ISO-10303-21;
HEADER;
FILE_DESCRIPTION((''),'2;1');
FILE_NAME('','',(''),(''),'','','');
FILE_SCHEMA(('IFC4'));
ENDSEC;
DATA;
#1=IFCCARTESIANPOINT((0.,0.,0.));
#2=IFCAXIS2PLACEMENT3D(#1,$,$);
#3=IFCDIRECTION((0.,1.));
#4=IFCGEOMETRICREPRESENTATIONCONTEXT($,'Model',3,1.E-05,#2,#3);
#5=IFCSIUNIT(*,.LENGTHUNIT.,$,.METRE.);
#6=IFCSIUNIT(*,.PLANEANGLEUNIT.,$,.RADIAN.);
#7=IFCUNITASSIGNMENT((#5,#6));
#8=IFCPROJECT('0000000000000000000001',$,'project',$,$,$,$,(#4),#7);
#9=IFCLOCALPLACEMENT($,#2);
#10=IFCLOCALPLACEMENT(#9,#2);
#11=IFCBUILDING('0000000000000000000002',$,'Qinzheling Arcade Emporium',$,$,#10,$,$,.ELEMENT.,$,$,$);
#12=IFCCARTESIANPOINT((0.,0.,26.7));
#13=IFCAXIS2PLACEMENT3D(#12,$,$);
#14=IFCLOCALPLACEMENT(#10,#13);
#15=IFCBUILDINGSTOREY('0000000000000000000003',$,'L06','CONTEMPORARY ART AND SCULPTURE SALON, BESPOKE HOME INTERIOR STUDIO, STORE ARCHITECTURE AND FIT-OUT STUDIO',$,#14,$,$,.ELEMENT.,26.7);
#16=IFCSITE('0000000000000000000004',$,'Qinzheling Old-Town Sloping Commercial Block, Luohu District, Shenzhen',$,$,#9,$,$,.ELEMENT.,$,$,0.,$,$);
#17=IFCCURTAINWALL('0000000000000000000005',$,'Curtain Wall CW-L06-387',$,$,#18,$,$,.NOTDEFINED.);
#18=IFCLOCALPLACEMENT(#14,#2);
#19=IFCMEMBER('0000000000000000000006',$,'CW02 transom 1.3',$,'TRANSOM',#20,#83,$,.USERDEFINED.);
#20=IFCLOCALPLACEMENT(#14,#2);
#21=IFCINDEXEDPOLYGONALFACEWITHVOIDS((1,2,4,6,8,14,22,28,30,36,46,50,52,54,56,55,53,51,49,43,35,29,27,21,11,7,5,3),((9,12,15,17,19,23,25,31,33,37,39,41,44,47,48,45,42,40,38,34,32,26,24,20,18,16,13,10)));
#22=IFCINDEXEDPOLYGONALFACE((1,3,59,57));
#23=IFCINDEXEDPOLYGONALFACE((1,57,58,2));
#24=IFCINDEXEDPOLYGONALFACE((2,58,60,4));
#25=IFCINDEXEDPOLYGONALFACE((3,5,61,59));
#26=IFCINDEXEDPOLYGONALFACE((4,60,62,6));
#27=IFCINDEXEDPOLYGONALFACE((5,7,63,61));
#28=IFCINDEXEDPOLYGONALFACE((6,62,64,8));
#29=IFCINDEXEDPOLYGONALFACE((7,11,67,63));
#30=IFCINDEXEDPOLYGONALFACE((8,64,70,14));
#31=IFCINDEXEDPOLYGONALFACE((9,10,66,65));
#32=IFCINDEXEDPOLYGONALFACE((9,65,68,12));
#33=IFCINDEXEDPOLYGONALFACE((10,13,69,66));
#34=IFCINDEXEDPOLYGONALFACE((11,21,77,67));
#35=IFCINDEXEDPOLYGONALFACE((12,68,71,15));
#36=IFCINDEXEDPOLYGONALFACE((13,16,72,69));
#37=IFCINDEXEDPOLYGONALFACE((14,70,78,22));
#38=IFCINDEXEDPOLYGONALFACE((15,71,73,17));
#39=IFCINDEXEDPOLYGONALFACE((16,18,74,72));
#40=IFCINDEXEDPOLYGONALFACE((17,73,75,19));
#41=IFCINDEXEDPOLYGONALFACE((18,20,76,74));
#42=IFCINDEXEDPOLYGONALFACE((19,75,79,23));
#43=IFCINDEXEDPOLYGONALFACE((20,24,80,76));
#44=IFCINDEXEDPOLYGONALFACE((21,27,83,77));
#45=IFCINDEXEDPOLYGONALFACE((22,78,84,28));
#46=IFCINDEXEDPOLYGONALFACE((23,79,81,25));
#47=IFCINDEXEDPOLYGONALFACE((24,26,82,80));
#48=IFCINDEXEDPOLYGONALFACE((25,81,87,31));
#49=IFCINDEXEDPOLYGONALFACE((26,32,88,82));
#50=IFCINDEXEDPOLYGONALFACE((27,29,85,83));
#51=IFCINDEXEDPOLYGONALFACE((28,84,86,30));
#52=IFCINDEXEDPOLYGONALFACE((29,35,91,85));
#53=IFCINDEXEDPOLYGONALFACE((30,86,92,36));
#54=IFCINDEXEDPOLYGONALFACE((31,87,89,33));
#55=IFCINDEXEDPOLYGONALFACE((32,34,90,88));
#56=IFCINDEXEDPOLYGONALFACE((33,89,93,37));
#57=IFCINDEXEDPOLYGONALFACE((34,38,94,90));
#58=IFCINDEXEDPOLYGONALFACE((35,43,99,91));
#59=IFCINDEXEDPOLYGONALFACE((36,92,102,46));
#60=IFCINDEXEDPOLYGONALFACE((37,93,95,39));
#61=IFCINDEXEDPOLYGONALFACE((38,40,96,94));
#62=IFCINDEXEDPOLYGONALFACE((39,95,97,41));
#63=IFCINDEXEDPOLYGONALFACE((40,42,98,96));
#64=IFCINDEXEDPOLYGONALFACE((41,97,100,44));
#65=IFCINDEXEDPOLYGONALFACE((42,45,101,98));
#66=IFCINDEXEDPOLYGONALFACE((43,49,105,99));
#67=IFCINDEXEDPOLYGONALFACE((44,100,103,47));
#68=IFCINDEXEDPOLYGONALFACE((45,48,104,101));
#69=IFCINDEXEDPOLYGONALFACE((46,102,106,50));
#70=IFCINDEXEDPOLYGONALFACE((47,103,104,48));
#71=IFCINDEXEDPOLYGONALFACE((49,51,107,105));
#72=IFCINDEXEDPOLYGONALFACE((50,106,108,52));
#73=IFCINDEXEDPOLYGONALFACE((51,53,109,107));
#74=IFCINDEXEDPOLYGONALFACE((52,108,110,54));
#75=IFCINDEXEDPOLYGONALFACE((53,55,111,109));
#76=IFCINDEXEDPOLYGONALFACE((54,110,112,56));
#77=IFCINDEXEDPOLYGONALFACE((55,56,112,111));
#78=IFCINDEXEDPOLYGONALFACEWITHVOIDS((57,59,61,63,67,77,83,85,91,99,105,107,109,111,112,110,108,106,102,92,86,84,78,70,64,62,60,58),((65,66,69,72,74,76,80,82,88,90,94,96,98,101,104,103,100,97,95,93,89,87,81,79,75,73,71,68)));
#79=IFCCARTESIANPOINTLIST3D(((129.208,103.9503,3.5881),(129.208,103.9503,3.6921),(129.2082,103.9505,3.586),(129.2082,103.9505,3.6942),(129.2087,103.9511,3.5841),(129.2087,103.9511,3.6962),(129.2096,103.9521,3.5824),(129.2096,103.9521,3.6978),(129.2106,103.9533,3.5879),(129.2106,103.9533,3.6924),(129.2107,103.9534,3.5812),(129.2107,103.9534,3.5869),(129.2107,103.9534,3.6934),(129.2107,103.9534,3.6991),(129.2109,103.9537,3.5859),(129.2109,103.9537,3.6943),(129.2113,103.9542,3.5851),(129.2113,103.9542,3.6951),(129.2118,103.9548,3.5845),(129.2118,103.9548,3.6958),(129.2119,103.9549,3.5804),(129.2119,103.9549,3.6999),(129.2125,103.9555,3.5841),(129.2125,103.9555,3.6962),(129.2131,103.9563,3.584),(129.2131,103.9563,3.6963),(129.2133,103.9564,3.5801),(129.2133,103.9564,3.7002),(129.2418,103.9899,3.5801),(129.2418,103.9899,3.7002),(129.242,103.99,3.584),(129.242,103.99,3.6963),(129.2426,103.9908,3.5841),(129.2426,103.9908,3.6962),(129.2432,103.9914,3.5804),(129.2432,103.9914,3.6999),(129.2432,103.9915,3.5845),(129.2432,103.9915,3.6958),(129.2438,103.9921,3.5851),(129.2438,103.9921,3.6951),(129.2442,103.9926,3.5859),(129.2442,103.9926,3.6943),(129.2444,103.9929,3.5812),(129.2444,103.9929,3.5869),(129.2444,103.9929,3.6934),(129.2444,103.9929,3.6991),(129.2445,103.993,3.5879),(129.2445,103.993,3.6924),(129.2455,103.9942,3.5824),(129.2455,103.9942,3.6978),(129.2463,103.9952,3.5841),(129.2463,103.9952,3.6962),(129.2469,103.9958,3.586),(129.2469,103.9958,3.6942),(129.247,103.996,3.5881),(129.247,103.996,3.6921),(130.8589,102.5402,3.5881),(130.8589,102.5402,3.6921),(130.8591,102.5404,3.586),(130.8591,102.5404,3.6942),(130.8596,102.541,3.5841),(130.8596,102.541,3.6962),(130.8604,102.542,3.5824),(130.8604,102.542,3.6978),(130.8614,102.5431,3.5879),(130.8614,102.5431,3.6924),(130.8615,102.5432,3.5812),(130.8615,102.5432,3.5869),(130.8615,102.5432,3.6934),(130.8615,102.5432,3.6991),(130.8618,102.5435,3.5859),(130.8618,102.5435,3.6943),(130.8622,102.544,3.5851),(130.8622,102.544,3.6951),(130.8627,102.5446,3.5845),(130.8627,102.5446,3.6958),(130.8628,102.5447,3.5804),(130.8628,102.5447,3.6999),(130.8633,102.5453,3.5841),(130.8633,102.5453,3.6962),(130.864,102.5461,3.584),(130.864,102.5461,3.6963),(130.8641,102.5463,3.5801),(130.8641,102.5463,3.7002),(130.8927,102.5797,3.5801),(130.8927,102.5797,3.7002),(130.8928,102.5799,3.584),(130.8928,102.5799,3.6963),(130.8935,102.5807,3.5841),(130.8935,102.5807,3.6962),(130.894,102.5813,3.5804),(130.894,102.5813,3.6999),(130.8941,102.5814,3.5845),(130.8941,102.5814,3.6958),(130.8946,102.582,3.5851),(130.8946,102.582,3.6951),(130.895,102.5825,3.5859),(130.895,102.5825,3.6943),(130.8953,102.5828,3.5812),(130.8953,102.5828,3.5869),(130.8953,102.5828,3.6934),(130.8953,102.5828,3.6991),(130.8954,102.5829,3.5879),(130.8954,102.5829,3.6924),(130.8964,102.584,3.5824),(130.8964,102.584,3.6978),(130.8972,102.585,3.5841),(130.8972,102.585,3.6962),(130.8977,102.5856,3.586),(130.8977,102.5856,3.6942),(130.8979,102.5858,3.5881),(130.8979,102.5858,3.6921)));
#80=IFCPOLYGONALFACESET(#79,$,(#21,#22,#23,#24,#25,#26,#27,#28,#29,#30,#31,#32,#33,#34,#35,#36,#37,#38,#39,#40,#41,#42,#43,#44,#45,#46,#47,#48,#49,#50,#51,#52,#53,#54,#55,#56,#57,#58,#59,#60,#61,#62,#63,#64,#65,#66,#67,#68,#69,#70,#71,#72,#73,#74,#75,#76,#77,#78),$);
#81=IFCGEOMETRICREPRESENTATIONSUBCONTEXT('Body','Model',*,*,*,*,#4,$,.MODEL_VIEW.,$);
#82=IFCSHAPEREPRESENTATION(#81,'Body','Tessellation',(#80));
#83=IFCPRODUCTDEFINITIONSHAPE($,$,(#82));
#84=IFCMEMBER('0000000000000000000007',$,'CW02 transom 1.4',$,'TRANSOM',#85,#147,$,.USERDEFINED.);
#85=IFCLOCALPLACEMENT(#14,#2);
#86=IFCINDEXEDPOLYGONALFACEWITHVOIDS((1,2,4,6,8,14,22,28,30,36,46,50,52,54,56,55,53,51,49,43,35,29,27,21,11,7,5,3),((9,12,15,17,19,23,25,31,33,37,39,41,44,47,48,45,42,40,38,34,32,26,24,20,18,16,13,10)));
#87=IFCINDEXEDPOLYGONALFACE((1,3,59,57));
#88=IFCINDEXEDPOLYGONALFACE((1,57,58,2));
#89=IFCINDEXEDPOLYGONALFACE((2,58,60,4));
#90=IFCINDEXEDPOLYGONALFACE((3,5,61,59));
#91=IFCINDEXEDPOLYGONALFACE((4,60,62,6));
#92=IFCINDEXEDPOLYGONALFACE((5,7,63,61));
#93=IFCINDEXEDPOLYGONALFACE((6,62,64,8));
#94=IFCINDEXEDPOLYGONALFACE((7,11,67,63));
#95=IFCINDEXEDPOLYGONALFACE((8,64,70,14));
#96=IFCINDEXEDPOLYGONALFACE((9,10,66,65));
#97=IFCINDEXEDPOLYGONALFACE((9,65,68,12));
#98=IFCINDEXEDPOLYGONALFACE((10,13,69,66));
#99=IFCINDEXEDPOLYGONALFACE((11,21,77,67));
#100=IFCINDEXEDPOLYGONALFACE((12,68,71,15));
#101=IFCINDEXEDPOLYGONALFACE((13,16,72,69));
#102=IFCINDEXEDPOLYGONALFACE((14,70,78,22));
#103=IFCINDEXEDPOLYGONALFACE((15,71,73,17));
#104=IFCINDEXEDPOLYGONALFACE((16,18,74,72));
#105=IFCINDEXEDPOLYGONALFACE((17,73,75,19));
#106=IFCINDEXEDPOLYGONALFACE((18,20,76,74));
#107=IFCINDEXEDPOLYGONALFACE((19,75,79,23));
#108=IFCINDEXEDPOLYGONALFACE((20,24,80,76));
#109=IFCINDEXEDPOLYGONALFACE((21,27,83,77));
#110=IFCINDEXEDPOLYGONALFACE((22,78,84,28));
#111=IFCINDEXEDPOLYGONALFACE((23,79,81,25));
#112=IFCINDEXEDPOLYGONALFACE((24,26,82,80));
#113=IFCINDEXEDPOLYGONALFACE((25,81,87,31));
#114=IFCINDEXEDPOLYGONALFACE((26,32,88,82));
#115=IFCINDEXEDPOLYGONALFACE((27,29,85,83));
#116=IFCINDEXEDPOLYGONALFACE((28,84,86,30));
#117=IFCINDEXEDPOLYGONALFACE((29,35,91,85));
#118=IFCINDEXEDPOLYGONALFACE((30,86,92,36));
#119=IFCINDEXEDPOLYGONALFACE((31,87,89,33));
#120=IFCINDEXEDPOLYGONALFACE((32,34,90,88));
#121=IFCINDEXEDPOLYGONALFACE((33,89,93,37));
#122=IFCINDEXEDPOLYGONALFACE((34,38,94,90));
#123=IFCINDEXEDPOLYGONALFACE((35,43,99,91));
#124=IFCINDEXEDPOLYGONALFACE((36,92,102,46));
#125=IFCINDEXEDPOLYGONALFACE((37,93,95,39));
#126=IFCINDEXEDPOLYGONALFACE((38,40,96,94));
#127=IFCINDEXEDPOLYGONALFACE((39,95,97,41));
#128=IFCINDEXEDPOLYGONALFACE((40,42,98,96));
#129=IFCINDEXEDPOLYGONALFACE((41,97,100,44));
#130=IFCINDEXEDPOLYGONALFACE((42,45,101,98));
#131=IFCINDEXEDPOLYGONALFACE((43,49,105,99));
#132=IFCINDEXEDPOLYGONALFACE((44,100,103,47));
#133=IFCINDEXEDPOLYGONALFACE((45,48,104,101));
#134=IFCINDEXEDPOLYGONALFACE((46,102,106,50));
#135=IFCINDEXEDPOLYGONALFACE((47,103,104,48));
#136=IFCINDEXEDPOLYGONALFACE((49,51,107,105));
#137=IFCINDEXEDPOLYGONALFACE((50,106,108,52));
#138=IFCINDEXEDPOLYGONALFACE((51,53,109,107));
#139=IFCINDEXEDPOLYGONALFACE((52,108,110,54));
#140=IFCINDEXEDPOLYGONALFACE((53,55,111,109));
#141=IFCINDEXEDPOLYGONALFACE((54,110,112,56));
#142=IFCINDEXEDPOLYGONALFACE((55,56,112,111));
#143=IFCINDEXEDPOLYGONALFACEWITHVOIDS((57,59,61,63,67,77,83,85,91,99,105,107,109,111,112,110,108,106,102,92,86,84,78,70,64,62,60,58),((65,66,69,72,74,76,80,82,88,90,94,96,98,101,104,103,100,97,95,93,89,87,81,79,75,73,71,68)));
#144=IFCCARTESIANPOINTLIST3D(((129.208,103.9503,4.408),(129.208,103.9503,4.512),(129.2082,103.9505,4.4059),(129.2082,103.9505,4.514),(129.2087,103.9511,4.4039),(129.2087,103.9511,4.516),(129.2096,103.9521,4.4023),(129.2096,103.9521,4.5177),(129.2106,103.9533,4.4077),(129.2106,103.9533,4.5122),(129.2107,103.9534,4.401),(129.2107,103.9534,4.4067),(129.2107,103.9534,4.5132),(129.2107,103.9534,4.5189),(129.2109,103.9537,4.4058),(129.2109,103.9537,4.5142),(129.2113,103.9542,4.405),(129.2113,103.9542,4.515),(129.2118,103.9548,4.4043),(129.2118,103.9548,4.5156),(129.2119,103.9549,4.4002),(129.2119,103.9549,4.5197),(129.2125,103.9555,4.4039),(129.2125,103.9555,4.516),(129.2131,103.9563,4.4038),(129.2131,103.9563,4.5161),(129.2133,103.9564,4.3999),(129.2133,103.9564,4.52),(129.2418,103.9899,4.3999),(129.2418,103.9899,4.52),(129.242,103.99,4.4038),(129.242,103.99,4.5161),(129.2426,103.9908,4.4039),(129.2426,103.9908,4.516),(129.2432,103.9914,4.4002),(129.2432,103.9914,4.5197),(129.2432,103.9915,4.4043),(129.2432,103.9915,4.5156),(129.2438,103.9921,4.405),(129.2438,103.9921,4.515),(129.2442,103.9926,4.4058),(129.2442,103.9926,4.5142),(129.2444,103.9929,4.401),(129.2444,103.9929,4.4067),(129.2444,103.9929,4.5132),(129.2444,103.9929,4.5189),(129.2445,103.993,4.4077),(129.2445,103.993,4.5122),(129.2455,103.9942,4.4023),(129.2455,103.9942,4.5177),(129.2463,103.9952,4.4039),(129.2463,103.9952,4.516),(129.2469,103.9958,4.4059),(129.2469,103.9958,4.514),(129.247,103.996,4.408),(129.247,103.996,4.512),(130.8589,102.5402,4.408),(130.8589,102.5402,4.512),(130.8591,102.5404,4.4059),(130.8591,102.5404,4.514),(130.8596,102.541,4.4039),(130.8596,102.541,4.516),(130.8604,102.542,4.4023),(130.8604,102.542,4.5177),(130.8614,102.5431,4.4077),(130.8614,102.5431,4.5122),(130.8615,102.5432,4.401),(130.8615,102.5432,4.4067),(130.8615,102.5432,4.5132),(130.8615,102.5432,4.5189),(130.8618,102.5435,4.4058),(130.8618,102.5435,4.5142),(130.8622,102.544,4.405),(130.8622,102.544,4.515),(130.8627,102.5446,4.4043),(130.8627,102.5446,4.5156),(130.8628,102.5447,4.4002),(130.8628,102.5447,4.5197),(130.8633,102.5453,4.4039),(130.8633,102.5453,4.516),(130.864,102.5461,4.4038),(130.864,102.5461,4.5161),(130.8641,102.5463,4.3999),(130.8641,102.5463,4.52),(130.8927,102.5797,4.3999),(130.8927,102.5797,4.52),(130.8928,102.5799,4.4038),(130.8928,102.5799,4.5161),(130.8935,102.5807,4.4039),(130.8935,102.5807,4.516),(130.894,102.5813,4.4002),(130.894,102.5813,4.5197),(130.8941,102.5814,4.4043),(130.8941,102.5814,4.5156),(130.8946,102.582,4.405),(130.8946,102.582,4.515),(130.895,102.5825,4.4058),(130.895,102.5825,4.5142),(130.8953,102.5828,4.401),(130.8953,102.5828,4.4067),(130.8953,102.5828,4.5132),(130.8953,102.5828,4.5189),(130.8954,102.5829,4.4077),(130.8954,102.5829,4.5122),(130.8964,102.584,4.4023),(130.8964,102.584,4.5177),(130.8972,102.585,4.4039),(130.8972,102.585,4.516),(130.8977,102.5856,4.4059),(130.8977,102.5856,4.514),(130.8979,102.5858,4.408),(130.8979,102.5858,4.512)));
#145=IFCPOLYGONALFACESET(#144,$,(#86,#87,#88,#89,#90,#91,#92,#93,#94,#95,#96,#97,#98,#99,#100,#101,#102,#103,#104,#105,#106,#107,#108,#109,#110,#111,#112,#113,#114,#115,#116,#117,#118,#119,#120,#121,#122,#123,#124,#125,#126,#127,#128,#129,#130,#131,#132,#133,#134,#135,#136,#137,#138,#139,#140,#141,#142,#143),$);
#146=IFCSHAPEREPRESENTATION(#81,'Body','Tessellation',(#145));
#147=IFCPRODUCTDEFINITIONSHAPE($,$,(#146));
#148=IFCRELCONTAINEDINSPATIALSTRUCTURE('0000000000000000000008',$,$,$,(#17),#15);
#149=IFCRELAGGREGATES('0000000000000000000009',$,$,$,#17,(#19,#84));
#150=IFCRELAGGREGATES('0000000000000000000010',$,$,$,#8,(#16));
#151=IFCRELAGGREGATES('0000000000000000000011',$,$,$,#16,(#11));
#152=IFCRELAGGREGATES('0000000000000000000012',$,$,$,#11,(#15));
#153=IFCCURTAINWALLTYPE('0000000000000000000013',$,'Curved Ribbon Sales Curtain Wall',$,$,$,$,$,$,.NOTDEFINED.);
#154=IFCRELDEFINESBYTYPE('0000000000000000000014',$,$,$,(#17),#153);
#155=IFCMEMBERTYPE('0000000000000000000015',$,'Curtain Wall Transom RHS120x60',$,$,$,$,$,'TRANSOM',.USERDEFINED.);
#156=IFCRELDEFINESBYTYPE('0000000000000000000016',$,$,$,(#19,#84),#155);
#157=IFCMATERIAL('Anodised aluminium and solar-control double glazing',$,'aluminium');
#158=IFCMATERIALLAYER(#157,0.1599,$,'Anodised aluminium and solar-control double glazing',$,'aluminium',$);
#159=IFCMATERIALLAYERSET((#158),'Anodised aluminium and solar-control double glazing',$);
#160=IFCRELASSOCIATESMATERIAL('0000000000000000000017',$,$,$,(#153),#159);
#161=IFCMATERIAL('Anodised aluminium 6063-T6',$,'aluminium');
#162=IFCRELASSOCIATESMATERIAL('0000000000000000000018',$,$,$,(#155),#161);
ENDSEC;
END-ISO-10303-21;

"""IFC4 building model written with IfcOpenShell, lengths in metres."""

from ifc_helpers import new_model, si_unit, direction, frame, origin, origin_2d, place, context, subcontext, project, spatial, hollow_rectangle, extrude, material, layer, layer_set, material_profile, profile_set, type_object, element, aggregate, save


model = new_model("IFC4")

# Units and contexts
model_context = context("Model", 3, precision=1e-05, world=origin(), true_north=direction((0.0, 1.0)))
body_context = subcontext(model_context, "Body", "Model", "MODEL_VIEW")
ifc_project = project(units=[si_unit("LENGTHUNIT", "METRE"), si_unit("PLANEANGLEUNIT", "RADIAN")], contexts=[model_context])

# Site, building, storey
site_placement = place(None, origin())
site = spatial("IfcSite", under=ifc_project, at=site_placement, Name="Qinzheling Old-Town Sloping Commercial Block, Luohu District, Shenzhen", CompositionType="ELEMENT", RefElevation=0.0)
building_placement = place(site_placement, origin())
building = spatial("IfcBuilding", under=site, at=building_placement, Name="Qinzheling Arcade Emporium", CompositionType="ELEMENT")
storey_placement = place(building_placement, frame((0.0, 0.0, 26.7)))
storey = spatial("IfcBuildingStorey", under=building, at=storey_placement, Name="L06", Description="CONTEMPORARY ART AND SCULPTURE SALON, BESPOKE HOME INTERIOR STUDIO, STORE ARCHITECTURE AND FIT-OUT STUDIO", CompositionType="ELEMENT", Elevation=26.7)

# Curtain wall
ifc_material_1 = material(Name="Anodised aluminium and solar-control double glazing", Category="aluminium")
ifc_layer_1 = layer(ifc_material_1, 0.1599, Name="Anodised aluminium and solar-control double glazing", Category="aluminium")
ifc_layer_set_1 = layer_set([ifc_layer_1], Name="Anodised aluminium and solar-control double glazing")
curtain_wall_type = type_object("IfcCurtainWallType", Name="Curved Ribbon Sales Curtain Wall", PredefinedType="NOTDEFINED", material=ifc_layer_set_1)
curtain_wall_1_placement = place(storey_placement, origin())
curtain_wall_1 = element("IfcCurtainWall", 1, at=curtain_wall_1_placement, inside=storey, type_object=curtain_wall_type, Name="Curtain Wall CW-L06-387", PredefinedType="NOTDEFINED")
ifc_material_2 = material(Name="Anodised aluminium 6063-T6", Category="aluminium")

# Members
ifc_material_profile_1 = material_profile(ifc_material_2, hollow_rectangle(XDim=0.0601, YDim=0.1201, WallThickness=0.0039, InnerFilletRadius=0.0039, OuterFilletRadius=0.0081, at=origin_2d()), Name="RHS 120x60x4", Category="aluminium")
ifc_profile_set_1 = profile_set([ifc_material_profile_1], Name="Anodised aluminium 6063-T6")
member_type_1 = type_object("IfcMemberType", Name="Curtain Wall Transom RHS120x60", ElementType="TRANSOM", PredefinedType="USERDEFINED", material=ifc_profile_set_1)
member_1_placement = place(storey_placement, frame((129.2275, 103.9731, 3.6401), z_axis=(0.760367, -0.649494, 0.0), x_axis=(0.649494, 0.760367, 0.0)))
member_1 = element("IfcMember", 2, at=member_1_placement, type_object=member_type_1, Name="CW02 transom 1.3", ObjectType="TRANSOM", PredefinedType="USERDEFINED", context=body_context, shape_type="SweptSolid", body=[
    extrude(hollow_rectangle(XDim=0.0601, YDim=0.1201, WallThickness=0.0039, InnerFilletRadius=0.0039, OuterFilletRadius=0.0081, at=origin_2d()), origin(), (0.0, 0.0, 1.0), 2.1711),
])
member_2_placement = place(storey_placement, frame((129.2275, 103.9731, 4.46), z_axis=(0.760367, -0.649494, 0.0), x_axis=(0.649494, 0.760367, 0.0)))
member_2 = element("IfcMember", 3, at=member_2_placement, type_object=member_type_1, Name="CW02 transom 1.4", ObjectType="TRANSOM", PredefinedType="USERDEFINED", context=body_context, shape_type="SweptSolid", body=[
    extrude(hollow_rectangle(XDim=0.0601, YDim=0.1201, WallThickness=0.0039, InnerFilletRadius=0.0039, OuterFilletRadius=0.0081, at=origin_2d()), origin(), (0.0, 0.0, 1.0), 2.1711),
])

aggregate(curtain_wall_1, [member_1, member_2])

save(model, "model.ifc")
